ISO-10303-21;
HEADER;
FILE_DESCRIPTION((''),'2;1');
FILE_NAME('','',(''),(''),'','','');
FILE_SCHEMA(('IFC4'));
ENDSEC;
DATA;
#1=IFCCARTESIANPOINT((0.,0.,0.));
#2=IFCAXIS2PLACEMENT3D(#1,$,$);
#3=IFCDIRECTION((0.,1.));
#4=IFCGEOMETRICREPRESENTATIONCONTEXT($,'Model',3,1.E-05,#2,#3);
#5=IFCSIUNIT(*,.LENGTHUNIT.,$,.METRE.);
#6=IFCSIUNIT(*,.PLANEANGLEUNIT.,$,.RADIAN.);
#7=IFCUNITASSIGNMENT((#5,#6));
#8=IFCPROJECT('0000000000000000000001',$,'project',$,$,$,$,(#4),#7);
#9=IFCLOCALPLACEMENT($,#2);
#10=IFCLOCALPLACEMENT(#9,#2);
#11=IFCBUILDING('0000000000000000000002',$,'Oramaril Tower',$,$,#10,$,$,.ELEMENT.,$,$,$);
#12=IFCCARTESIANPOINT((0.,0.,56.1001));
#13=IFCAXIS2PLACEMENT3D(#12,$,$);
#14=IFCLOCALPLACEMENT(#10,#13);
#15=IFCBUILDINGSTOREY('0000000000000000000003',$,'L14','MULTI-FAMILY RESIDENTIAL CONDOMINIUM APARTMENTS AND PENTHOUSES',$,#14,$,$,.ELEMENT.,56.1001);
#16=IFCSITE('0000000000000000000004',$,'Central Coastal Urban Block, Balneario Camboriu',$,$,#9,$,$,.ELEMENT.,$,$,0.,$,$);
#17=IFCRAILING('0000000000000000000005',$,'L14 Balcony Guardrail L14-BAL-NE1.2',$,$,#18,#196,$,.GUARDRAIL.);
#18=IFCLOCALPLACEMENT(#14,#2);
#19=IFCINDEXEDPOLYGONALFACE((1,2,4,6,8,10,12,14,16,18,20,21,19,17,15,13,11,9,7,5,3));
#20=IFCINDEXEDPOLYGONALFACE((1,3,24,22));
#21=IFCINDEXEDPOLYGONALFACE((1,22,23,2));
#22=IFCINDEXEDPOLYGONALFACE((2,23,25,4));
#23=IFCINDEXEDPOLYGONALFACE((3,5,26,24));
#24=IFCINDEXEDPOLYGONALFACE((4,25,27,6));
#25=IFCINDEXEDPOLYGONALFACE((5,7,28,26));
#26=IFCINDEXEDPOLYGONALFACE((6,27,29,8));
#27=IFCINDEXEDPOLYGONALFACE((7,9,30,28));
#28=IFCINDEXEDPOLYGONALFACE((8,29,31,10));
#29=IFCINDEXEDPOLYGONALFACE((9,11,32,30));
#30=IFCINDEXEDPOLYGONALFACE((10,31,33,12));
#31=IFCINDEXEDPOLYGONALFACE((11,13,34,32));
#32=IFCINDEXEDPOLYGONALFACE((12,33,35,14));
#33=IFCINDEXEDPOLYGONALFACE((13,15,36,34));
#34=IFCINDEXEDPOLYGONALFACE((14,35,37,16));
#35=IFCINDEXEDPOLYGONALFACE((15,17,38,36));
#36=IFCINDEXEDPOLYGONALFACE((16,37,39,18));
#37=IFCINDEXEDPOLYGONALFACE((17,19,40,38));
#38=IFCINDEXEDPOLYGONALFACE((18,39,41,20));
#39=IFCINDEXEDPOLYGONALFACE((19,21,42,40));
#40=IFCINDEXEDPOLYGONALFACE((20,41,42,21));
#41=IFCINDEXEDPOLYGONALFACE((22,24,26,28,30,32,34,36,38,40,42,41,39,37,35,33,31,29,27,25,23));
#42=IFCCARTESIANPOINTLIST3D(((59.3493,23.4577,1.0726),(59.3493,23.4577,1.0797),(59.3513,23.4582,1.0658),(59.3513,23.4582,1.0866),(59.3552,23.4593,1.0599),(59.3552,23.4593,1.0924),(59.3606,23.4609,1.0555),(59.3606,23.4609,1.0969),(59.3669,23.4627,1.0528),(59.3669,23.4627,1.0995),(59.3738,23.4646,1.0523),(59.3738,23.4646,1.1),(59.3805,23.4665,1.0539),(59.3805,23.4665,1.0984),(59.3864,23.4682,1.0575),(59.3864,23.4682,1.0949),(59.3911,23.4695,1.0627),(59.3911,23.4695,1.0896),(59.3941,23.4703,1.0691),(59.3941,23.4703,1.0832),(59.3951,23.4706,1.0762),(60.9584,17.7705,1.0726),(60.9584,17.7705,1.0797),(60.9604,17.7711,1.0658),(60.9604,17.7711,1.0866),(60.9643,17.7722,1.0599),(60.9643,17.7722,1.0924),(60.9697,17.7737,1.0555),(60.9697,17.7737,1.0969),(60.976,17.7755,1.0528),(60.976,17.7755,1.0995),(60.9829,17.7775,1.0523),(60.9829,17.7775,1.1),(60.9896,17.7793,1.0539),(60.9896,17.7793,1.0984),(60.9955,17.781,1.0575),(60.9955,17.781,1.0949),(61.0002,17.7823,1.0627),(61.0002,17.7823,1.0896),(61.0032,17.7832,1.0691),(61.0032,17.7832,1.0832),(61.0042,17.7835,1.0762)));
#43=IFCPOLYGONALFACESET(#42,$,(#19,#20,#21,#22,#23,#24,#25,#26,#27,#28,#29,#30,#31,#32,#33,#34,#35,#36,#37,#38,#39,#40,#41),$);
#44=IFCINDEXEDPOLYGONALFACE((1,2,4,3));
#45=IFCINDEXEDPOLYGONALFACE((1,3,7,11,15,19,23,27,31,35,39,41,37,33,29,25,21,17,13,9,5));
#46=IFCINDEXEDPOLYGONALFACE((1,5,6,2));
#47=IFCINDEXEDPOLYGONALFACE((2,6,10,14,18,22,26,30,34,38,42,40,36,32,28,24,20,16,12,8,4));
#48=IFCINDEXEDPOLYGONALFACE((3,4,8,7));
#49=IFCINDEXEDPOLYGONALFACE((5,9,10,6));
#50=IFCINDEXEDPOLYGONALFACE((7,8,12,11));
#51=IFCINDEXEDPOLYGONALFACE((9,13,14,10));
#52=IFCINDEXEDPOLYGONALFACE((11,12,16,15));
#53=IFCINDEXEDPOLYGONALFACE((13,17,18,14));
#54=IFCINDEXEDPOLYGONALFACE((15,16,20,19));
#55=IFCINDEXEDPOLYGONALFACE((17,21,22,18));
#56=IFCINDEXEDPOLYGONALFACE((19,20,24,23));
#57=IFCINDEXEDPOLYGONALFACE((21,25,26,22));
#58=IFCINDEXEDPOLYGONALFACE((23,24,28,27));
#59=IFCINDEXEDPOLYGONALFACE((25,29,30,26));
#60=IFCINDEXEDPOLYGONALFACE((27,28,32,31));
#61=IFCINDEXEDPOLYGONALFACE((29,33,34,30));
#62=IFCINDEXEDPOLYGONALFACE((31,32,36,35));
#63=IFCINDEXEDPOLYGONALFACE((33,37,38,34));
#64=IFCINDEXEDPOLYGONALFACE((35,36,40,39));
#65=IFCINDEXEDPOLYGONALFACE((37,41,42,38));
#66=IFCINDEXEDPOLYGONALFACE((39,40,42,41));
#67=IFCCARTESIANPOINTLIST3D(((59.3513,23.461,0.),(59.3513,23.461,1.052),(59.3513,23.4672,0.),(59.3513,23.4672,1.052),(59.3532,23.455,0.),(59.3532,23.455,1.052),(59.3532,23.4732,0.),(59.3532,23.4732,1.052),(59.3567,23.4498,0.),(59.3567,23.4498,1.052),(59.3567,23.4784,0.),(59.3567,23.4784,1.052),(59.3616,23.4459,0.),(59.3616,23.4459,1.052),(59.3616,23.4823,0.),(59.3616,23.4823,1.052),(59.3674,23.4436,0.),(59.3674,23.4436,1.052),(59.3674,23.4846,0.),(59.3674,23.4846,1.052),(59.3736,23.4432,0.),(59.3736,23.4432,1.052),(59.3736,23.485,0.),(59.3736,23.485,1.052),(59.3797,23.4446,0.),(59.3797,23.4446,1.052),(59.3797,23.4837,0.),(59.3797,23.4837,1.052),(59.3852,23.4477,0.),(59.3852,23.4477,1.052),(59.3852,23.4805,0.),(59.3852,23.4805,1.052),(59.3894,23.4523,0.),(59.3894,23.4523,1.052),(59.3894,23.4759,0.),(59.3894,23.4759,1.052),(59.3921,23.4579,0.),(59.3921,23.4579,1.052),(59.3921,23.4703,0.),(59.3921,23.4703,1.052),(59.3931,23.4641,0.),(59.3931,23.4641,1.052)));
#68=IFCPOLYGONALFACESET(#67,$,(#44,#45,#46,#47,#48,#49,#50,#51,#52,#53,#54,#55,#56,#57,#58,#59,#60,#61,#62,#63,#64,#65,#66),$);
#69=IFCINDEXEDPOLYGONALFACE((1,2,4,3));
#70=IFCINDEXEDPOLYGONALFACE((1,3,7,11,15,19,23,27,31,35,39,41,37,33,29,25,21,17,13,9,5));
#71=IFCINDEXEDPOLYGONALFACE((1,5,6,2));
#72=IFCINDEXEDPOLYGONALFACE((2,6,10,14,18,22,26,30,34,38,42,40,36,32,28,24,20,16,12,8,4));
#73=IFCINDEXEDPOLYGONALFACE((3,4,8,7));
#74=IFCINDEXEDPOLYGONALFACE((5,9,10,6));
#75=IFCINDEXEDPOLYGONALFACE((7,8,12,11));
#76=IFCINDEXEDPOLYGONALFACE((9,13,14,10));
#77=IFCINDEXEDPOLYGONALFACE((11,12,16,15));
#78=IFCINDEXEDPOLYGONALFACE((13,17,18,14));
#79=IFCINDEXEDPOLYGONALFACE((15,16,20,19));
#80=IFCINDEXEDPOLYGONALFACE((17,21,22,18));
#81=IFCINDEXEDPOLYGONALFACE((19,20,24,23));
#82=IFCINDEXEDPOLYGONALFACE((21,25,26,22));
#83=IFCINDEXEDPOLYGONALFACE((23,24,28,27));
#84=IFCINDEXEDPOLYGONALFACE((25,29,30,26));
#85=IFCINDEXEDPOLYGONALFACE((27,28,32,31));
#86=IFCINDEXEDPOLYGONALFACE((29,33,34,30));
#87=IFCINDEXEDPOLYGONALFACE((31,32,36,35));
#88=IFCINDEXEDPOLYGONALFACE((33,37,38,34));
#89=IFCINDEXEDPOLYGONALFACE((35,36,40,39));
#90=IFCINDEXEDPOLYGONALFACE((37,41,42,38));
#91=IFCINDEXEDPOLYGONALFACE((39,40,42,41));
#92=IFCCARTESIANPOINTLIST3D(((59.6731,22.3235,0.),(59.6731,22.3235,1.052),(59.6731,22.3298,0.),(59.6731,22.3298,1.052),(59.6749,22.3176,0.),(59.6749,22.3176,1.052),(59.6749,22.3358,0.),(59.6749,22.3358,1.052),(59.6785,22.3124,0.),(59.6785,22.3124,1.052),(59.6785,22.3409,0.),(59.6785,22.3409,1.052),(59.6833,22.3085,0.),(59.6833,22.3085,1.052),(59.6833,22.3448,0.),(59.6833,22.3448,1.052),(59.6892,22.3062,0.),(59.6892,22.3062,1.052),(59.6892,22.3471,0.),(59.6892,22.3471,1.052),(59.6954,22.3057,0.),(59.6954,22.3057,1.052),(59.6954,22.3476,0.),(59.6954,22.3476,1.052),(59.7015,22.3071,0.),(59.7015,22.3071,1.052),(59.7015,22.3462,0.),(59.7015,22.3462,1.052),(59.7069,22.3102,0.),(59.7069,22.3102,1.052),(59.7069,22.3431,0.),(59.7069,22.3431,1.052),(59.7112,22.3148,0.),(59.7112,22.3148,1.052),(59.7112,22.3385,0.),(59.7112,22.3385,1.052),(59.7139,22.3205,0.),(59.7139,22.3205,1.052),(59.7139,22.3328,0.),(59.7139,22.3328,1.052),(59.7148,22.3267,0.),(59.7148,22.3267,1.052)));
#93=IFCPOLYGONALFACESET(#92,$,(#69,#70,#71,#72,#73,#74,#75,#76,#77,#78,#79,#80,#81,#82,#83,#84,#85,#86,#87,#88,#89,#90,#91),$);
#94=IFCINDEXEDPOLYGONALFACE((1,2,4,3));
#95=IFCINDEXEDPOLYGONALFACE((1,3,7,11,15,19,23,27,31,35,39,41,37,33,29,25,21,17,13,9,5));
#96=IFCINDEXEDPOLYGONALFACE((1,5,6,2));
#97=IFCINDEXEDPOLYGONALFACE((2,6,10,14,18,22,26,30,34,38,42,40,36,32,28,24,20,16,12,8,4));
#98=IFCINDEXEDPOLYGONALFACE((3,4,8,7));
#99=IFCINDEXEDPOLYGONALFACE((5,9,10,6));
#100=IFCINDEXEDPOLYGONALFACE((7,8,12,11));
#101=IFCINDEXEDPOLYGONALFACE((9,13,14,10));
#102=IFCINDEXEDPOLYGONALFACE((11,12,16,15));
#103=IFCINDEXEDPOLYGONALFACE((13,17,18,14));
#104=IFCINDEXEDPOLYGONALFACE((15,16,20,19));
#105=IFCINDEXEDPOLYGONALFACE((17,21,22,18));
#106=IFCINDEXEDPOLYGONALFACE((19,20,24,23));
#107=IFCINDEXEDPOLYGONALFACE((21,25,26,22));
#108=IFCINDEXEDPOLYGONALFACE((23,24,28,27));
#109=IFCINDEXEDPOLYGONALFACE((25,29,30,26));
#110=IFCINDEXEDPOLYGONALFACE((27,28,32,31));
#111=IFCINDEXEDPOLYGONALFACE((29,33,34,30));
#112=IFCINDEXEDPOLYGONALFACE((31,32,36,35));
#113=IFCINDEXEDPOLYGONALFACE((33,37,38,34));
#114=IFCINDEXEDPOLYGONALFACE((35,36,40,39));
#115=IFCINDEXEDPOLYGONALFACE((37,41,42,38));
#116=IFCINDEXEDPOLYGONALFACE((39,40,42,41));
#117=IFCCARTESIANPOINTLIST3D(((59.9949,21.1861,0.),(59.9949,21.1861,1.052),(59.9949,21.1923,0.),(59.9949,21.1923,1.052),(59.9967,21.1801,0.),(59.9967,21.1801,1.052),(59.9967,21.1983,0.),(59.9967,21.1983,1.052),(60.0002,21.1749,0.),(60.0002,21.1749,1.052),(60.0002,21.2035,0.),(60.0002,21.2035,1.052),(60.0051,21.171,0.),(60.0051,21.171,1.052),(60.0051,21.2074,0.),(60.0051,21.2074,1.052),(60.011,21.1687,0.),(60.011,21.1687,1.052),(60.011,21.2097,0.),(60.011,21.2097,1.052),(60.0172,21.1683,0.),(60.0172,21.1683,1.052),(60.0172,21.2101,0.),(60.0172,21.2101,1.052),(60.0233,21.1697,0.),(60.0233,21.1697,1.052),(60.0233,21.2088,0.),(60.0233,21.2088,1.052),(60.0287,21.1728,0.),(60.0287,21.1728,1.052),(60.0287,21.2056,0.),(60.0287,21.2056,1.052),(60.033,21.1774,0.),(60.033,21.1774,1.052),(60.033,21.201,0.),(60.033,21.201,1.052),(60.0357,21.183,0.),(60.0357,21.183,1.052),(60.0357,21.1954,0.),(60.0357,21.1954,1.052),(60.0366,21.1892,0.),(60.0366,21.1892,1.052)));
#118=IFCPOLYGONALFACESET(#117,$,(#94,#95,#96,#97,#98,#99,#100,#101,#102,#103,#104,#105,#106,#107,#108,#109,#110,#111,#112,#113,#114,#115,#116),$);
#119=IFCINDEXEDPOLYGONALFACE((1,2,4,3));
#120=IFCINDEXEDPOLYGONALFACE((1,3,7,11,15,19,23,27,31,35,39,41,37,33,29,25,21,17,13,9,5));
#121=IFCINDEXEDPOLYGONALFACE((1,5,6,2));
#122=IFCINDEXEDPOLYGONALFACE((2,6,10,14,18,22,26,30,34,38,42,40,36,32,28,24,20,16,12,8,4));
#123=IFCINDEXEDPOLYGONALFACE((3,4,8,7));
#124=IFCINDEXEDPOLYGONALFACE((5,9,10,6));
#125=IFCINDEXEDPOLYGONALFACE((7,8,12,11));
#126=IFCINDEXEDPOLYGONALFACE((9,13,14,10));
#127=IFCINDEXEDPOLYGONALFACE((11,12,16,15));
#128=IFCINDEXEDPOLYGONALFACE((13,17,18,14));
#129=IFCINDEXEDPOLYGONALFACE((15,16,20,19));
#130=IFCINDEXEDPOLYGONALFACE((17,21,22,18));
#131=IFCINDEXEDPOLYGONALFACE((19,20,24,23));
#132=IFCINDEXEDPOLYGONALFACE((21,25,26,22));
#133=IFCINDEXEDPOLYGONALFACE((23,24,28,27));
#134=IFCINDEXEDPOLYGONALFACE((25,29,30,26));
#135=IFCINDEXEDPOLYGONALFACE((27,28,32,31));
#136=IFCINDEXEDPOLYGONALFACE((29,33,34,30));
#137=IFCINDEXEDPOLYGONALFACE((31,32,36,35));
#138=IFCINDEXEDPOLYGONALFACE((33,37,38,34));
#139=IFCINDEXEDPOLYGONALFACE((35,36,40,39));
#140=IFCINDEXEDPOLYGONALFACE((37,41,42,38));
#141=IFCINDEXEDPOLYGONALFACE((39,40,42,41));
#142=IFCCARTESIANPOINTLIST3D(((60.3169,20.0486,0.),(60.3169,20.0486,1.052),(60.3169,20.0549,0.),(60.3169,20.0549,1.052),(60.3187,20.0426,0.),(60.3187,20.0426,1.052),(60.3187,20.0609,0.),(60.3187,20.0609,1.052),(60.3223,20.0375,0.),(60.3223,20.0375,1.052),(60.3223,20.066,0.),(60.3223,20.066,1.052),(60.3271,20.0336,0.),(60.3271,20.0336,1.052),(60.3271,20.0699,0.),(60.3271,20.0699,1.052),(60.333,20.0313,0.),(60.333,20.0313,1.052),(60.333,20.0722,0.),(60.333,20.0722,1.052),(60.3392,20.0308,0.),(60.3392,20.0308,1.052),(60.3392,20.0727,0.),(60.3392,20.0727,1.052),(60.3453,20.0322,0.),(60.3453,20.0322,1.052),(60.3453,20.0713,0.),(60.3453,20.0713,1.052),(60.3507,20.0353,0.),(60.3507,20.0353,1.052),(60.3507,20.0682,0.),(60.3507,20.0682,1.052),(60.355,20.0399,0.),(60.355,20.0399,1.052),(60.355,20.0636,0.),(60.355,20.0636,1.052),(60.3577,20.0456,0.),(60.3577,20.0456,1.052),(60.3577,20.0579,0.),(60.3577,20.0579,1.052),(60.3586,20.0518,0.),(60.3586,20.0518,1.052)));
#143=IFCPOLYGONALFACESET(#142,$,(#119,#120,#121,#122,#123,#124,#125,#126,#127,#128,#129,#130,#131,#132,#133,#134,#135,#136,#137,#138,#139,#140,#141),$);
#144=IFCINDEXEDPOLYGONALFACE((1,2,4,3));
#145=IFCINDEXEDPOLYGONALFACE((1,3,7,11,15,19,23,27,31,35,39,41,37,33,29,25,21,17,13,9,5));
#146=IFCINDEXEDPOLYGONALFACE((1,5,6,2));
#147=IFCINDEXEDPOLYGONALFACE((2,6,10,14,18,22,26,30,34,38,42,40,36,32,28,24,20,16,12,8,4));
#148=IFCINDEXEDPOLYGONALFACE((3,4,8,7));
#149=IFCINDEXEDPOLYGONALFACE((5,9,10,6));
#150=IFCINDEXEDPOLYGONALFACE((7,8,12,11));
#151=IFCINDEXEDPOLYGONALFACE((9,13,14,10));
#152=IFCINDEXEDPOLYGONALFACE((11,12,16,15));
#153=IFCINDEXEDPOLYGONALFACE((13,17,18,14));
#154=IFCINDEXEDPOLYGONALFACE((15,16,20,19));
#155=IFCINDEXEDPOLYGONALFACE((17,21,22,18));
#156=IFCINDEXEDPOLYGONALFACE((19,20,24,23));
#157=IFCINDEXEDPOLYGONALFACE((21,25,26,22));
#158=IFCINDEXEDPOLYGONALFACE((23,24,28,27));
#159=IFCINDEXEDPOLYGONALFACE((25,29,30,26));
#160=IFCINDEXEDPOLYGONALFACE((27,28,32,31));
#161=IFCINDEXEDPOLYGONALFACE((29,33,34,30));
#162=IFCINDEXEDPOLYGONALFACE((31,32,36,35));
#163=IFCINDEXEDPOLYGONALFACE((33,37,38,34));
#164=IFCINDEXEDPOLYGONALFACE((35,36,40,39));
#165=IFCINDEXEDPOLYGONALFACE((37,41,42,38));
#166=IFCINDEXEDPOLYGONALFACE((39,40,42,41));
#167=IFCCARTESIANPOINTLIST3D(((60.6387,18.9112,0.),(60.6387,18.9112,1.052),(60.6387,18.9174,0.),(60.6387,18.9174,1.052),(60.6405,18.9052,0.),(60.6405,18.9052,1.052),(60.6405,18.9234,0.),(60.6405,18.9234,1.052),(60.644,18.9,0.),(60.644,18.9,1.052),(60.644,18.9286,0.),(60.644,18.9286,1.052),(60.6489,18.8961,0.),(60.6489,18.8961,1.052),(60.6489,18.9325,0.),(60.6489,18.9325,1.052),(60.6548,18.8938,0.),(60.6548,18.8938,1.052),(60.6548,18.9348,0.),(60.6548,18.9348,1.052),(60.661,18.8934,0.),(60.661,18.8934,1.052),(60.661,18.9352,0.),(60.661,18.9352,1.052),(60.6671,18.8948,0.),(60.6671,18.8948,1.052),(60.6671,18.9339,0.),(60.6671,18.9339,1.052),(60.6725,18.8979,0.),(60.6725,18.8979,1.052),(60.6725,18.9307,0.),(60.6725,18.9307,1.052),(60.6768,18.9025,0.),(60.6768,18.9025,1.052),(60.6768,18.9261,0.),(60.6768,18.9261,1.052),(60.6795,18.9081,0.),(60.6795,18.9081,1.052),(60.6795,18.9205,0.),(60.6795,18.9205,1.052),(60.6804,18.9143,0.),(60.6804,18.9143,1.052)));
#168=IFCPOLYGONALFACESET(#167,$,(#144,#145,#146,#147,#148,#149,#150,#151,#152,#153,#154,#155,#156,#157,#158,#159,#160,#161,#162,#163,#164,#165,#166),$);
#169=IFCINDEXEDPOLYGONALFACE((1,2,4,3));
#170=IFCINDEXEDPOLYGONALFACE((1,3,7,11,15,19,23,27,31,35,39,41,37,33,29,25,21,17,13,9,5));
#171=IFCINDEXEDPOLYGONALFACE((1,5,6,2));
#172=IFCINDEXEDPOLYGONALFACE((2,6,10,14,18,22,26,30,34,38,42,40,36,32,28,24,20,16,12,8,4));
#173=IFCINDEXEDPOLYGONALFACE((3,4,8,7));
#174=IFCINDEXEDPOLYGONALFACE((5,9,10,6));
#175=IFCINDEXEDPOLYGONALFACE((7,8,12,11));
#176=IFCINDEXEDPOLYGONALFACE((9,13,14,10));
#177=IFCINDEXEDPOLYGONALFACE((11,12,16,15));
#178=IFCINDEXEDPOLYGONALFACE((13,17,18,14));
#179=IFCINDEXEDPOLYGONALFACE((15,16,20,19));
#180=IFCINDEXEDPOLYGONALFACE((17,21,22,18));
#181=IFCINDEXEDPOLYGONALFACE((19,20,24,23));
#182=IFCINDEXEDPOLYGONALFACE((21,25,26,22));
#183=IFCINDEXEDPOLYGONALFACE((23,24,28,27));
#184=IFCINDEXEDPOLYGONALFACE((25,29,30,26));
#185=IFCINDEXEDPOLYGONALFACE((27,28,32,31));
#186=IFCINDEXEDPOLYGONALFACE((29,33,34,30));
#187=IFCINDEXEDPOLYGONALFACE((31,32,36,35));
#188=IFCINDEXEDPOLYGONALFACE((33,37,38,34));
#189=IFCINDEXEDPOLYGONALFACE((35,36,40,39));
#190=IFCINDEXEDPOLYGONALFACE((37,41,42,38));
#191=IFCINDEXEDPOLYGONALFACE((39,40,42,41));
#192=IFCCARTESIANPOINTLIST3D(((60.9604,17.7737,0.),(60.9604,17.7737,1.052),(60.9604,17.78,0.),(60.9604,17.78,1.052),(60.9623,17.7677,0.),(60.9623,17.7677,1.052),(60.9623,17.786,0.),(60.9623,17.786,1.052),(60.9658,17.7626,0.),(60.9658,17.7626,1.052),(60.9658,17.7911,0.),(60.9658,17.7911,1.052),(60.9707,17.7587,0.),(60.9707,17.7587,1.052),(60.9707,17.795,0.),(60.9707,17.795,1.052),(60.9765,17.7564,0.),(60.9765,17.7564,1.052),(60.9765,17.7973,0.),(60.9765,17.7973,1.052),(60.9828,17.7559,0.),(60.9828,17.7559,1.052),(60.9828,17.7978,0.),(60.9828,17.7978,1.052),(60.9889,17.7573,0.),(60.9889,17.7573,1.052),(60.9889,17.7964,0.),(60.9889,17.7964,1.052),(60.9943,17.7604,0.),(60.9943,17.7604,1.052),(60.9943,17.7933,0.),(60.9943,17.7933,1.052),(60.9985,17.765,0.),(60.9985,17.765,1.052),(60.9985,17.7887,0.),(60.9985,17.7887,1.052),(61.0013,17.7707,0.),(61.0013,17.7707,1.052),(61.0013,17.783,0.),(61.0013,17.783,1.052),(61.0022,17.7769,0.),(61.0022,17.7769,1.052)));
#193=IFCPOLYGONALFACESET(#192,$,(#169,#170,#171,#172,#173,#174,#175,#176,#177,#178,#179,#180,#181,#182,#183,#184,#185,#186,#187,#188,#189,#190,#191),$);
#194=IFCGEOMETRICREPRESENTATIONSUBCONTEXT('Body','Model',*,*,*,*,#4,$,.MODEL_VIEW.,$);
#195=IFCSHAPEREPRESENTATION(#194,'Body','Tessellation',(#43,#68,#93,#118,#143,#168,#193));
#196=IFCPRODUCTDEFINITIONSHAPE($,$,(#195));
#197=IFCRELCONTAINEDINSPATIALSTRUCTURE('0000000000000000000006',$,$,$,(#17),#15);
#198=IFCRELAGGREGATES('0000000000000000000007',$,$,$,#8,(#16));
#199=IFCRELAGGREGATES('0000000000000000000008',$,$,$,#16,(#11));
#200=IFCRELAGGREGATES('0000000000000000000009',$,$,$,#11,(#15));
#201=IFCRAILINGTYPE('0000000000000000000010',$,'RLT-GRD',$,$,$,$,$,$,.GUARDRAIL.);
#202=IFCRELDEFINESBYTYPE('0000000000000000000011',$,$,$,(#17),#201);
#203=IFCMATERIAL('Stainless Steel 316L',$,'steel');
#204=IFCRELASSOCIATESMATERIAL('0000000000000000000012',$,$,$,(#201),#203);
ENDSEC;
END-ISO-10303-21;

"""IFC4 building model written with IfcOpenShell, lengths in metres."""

from ifc_helpers import new_model, si_unit, direction, frame, origin, origin_2d, place, context, subcontext, project, spatial, circle, extrude, material, type_object, element, save


model = new_model("IFC4")

# Units and contexts
model_context = context("Model", 3, precision=1e-05, world=origin(), true_north=direction((0.0, 1.0)))
body_context = subcontext(model_context, "Body", "Model", "MODEL_VIEW")
ifc_project = project(units=[si_unit("LENGTHUNIT", "METRE"), si_unit("PLANEANGLEUNIT", "RADIAN")], contexts=[model_context])

# Site, building, storey
site_placement = place(None, origin())
site = spatial("IfcSite", under=ifc_project, at=site_placement, Name="Central Coastal Urban Block, Balneario Camboriu", CompositionType="ELEMENT", RefElevation=0.0)
building_placement = place(site_placement, origin())
building = spatial("IfcBuilding", under=site, at=building_placement, Name="Oramaril Tower", CompositionType="ELEMENT")
storey_placement = place(building_placement, frame((0.0, 0.0, 56.1001)))
storey = spatial("IfcBuildingStorey", under=building, at=storey_placement, Name="L14", Description="MULTI-FAMILY RESIDENTIAL CONDOMINIUM APARTMENTS AND PENTHOUSES", CompositionType="ELEMENT", Elevation=56.1001)

# Railing
ifc_material_1 = material(Name="Stainless Steel 316L", Category="steel")
railing_type = type_object("IfcRailingType", Name="RLT-GRD", PredefinedType="GUARDRAIL", material=ifc_material_1)
railing_1_placement = place(storey_placement, frame((59.3721, 23.4641, 0.0)))
element("IfcRailing", 1, at=railing_1_placement, inside=storey, type_object=railing_type, Name="L14 Balcony Guardrail L14-BAL-NE1.2", PredefinedType="GUARDRAIL", context=body_context, shape_type="SweptSolid", body=[
    extrude(circle(Radius=0.0239, at=origin_2d()), frame((0.0, 0.0, 1.0762), z_axis=(0.272249, -0.962227, 0.0), x_axis=(0.962227, 0.272249, 0.0)), (0.0, 0.0, 1.0), 5.9104),
    extrude(circle(Radius=0.021, at=origin_2d()), origin(), (0.0, 0.0, 1.0), 1.052),
    extrude(circle(Radius=0.021, at=origin_2d()), frame((0.3218, -1.1375, 0.0)), (0.0, 0.0, 1.0), 1.052),
    extrude(circle(Radius=0.021, at=origin_2d()), frame((0.6436, -2.2749, 0.0)), (0.0, 0.0, 1.0), 1.052),
    extrude(circle(Radius=0.021, at=origin_2d()), frame((0.9656, -3.4124, 0.0)), (0.0, 0.0, 1.0), 1.052),
    extrude(circle(Radius=0.021, at=origin_2d()), frame((1.2874, -4.5498, 0.0)), (0.0, 0.0, 1.0), 1.052),
    extrude(circle(Radius=0.021, at=origin_2d()), frame((1.6091, -5.6873, 0.0)), (0.0, 0.0, 1.0), 1.052),
])

save(model, "model.ifc")
